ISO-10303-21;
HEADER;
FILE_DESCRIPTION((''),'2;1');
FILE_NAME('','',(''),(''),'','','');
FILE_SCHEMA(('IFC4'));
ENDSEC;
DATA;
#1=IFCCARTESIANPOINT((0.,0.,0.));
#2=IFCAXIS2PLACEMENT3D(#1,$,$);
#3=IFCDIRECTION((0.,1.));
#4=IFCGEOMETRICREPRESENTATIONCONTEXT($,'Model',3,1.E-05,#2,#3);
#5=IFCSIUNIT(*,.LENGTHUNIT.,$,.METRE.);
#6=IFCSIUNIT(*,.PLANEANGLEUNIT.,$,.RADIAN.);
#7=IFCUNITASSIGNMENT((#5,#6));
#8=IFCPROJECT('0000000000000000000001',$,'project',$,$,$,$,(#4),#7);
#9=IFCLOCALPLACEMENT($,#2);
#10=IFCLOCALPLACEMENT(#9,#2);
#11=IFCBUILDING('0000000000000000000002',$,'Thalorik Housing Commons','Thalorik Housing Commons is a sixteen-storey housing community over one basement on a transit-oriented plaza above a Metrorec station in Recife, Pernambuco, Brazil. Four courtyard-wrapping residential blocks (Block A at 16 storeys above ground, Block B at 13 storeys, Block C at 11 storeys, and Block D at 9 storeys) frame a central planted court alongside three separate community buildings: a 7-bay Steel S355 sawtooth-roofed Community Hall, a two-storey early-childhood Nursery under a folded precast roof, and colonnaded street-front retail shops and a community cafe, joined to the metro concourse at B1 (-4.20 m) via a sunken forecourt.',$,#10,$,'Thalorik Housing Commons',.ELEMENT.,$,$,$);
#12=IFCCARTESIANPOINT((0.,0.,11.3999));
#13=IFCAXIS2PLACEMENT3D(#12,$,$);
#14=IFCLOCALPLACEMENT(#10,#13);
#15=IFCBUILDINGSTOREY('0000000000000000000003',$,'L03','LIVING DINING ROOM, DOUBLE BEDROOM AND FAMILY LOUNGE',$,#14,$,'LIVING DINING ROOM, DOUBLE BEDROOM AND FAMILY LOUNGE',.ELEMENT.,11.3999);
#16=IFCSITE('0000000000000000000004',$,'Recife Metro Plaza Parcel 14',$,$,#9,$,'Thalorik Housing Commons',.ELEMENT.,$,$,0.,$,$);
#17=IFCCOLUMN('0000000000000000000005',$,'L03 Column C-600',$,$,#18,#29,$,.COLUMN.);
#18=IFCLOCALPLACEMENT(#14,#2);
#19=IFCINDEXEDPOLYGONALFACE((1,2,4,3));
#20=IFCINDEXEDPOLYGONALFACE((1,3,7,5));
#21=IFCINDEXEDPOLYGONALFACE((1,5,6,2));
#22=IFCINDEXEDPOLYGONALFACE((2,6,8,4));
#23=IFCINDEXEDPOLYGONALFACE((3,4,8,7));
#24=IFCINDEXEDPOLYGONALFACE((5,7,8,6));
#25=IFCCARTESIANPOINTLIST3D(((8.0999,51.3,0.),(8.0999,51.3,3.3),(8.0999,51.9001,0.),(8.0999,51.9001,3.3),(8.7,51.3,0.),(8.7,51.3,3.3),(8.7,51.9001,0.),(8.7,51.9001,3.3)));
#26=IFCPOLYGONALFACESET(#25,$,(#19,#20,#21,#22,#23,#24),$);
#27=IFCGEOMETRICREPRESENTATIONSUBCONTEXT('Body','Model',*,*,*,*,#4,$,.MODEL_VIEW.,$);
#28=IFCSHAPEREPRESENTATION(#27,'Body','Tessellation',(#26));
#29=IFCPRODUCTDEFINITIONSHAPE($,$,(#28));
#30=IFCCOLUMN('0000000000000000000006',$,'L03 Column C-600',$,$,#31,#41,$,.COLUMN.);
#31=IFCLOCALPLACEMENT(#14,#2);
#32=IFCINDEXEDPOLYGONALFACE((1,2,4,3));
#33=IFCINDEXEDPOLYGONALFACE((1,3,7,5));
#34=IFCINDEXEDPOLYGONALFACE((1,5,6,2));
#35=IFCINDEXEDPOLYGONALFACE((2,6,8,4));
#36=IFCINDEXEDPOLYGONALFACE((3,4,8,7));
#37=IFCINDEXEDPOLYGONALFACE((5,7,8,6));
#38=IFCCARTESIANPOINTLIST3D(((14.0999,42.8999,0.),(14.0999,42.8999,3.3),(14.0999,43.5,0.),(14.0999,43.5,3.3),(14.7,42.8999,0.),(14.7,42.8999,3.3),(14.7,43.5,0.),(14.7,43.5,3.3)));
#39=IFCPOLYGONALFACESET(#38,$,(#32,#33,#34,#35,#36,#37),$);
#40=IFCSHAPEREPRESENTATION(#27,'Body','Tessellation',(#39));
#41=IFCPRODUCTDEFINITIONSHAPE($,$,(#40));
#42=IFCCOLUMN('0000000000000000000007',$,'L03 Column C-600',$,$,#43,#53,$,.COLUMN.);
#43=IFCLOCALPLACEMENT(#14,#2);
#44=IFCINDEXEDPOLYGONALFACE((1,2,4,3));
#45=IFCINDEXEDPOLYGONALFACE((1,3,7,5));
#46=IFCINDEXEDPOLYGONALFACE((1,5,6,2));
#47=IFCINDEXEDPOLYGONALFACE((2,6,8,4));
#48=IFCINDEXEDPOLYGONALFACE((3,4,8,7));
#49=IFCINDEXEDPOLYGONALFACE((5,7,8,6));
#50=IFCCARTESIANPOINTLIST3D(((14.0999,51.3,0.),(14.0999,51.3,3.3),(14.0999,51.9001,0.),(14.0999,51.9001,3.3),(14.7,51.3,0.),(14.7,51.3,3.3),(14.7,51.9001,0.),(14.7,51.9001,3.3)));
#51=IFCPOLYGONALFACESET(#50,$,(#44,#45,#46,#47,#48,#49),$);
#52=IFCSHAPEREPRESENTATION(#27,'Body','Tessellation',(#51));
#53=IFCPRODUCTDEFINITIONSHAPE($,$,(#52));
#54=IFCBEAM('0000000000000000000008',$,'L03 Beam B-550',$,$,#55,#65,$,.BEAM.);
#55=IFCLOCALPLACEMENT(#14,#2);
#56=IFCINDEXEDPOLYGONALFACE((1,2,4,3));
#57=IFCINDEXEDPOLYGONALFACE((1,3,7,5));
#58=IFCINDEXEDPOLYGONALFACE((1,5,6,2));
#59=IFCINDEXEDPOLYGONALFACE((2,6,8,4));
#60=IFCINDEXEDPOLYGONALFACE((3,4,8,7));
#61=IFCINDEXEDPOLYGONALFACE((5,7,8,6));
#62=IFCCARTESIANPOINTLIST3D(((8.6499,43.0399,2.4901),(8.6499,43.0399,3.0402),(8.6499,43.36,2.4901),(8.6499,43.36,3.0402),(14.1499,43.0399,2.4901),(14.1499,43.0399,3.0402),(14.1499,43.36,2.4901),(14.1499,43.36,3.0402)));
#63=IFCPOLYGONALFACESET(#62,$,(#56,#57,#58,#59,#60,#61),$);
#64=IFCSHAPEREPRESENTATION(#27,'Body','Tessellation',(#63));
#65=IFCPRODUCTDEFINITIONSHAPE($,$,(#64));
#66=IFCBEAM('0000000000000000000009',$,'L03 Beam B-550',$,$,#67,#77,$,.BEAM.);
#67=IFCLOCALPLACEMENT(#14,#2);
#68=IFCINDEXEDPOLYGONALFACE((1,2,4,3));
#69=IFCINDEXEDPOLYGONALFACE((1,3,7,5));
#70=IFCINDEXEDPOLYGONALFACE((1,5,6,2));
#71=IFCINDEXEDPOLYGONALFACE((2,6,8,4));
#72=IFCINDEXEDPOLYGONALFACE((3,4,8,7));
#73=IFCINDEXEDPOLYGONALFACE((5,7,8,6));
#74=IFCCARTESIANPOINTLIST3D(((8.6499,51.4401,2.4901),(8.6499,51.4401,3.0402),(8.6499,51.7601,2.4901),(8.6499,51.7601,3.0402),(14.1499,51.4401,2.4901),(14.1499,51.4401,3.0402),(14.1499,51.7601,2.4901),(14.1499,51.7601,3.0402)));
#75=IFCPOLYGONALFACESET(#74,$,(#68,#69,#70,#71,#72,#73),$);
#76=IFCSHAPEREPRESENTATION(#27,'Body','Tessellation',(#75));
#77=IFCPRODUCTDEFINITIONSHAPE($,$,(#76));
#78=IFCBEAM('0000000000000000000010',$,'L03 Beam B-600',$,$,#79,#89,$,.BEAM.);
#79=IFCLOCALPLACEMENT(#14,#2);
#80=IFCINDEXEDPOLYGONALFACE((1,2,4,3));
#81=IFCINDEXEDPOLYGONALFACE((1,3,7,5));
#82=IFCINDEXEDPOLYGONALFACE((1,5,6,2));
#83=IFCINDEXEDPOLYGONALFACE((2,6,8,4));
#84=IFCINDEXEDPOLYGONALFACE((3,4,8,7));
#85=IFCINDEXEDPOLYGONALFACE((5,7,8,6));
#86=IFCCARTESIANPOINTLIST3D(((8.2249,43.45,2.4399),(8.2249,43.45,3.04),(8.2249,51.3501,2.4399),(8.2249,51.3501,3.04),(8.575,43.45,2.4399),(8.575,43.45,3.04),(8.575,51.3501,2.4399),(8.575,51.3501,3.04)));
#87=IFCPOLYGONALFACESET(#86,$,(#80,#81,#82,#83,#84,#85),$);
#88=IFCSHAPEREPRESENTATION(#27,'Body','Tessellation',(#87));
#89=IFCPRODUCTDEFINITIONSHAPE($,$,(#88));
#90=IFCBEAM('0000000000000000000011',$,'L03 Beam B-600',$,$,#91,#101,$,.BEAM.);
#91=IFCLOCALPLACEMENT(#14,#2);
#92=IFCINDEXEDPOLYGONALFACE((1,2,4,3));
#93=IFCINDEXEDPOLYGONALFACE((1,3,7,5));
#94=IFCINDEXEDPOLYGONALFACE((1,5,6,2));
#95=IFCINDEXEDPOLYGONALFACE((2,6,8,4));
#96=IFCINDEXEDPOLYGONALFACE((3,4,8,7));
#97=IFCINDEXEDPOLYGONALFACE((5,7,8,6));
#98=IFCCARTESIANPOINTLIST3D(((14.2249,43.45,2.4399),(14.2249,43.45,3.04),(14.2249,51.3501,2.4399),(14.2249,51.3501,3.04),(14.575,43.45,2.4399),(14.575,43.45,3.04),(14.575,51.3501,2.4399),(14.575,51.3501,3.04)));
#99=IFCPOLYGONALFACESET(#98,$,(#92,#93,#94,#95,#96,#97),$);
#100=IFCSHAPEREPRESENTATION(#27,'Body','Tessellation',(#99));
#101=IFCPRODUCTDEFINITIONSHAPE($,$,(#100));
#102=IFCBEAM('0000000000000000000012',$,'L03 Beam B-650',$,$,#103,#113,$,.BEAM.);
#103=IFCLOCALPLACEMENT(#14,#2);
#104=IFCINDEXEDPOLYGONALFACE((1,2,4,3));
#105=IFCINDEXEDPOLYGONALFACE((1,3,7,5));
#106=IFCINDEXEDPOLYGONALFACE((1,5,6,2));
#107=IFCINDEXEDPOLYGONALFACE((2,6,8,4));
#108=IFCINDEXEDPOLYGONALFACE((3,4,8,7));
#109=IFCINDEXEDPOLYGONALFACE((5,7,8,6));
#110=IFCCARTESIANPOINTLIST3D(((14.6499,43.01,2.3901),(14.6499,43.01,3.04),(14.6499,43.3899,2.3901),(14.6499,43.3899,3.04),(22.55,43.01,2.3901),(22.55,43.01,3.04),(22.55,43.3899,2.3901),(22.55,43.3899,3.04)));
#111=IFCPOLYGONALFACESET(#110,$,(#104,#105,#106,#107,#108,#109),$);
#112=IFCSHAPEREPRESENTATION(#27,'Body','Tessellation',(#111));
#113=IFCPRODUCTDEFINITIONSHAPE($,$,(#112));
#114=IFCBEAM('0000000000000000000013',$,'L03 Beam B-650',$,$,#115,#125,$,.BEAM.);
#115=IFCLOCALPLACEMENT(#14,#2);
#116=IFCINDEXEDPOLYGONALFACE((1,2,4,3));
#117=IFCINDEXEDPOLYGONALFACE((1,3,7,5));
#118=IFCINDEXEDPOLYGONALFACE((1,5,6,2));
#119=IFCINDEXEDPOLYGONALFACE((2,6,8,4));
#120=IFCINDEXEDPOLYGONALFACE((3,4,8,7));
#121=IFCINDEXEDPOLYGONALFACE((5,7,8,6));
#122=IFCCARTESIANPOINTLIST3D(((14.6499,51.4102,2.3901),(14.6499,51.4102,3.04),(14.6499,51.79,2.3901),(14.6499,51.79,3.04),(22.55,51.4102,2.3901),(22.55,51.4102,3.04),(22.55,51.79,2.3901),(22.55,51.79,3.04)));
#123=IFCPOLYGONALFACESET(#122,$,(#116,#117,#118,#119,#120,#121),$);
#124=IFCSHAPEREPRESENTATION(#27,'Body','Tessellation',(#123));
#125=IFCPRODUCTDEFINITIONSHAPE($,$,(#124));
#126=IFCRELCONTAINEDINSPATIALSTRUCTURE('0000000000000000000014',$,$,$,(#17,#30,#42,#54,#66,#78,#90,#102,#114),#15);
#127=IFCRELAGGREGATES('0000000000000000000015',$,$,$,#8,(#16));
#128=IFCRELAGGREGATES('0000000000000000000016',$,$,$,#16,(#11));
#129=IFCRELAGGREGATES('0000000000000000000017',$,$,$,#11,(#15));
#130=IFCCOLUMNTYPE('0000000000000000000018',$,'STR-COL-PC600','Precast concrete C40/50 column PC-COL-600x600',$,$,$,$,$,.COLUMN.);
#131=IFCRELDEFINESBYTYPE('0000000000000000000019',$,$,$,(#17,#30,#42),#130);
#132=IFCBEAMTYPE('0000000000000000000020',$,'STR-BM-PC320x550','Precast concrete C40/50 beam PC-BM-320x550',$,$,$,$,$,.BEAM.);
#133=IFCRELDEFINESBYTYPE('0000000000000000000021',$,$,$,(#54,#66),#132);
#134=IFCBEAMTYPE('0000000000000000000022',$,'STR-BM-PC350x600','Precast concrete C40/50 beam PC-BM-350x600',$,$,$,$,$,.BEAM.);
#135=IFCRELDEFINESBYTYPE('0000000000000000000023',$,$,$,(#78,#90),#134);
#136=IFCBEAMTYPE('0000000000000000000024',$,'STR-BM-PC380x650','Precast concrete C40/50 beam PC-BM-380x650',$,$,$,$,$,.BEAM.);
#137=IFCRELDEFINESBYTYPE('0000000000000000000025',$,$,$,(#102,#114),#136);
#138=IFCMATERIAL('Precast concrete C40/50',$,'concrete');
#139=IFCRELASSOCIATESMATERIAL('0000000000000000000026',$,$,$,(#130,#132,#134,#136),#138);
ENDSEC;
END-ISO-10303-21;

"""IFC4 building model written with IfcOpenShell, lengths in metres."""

from ifc_helpers import new_model, si_unit, direction, frame, origin, origin_2d, place, context, subcontext, project, spatial, rectangle, extrude, material, material_profile, profile_set, type_object, element, save


model = new_model("IFC4")

# Units and contexts
model_context = context("Model", 3, precision=1e-05, world=origin(), true_north=direction((0.0, 1.0)))
body_context = subcontext(model_context, "Body", "Model", "MODEL_VIEW")
ifc_project = project(units=[si_unit("LENGTHUNIT", "METRE"), si_unit("PLANEANGLEUNIT", "RADIAN")], contexts=[model_context])

# Site, building, storey
site_placement = place(None, origin())
site = spatial("IfcSite", under=ifc_project, at=site_placement, Name="Recife Metro Plaza Parcel 14", LongName="Thalorik Housing Commons", CompositionType="ELEMENT", RefElevation=0.0)
building_placement = place(site_placement, origin())
building = spatial("IfcBuilding", under=site, at=building_placement, Name="Thalorik Housing Commons", Description="Thalorik Housing Commons is a sixteen-storey housing community over one basement on a transit-oriented plaza above a Metrorec station in Recife, Pernambuco, Brazil. Four courtyard-wrapping residential blocks (Block A at 16 storeys above ground, Block B at 13 storeys, Block C at 11 storeys, and Block D at 9 storeys) frame a central planted court alongside three separate community buildings: a 7-bay Steel S355 sawtooth-roofed Community Hall, a two-storey early-childhood Nursery under a folded precast roof, and colonnaded street-front retail shops and a community cafe, joined to the metro concourse at B1 (-4.20 m) via a sunken forecourt.", LongName="Thalorik Housing Commons", CompositionType="ELEMENT")
storey_placement = place(building_placement, frame((0.0, 0.0, 11.3999)))
storey = spatial("IfcBuildingStorey", under=building, at=storey_placement, Name="L03", Description="LIVING DINING ROOM, DOUBLE BEDROOM AND FAMILY LOUNGE", LongName="LIVING DINING ROOM, DOUBLE BEDROOM AND FAMILY LOUNGE", CompositionType="ELEMENT", Elevation=11.3999)

# Columns
ifc_material_1 = material(Name="Precast concrete C40/50", Category="concrete")
ifc_material_profile_1 = material_profile(ifc_material_1, rectangle(XDim=0.6001, YDim=0.6001, at=origin_2d()), Name="PC 600x600", Category="concrete")
ifc_profile_set_1 = profile_set([ifc_material_profile_1], Name="Precast concrete C40/50")
column_type = type_object("IfcColumnType", Name="STR-COL-PC600", Description="Precast concrete C40/50 column PC-COL-600x600", PredefinedType="COLUMN", material=ifc_profile_set_1)
for number, where, z_axis, x_axis, name in (
    (1, (8.3999, 51.6001, 0.0), (0.0, 0.0, 1.0), (1.0, 0.0, 0.0), "L03 Column C-600"),
    (2, (14.3999, 43.2, 0.0), (0.0, 0.0, 1.0), (1.0, 0.0, 0.0), "L03 Column C-600"),
    (3, (14.3999, 51.6001, 0.0), (0.0, 0.0, 1.0), (1.0, 0.0, 0.0), "L03 Column C-600"),
):
    element("IfcColumn", number, at=place(storey_placement, frame(where, z_axis=z_axis, x_axis=x_axis)), inside=storey, type_object=column_type, Name=name, PredefinedType="COLUMN", context=body_context, shape_type="SweptSolid", body=[
        extrude(rectangle(XDim=0.6001, YDim=0.6001, at=origin_2d()), origin(), (0.0, 0.0, 1.0), 3.3),
    ])

# Beams
ifc_material_profile_2 = material_profile(ifc_material_1, rectangle(XDim=0.3201, YDim=0.55, at=origin_2d()), Name="PC 320x550", Category="concrete")
ifc_profile_set_2 = profile_set([ifc_material_profile_2], Name="Precast concrete C40/50")
beam_type_1 = type_object("IfcBeamType", Name="STR-BM-PC320x550", Description="Precast concrete C40/50 beam PC-BM-320x550", PredefinedType="BEAM", material=ifc_profile_set_2)
for number, where, z_axis, x_axis, name in (
    (4, (8.6499, 43.2, 2.7651), (1.0, 0.0, 0.0), (0.0, 1.0, 0.0), "L03 Beam B-550"),
    (5, (8.6499, 51.6001, 2.7651), (1.0, 0.0, 0.0), (0.0, 1.0, 0.0), "L03 Beam B-550"),
):
    element("IfcBeam", number, at=place(storey_placement, frame(where, z_axis=z_axis, x_axis=x_axis)), inside=storey, type_object=beam_type_1, Name=name, PredefinedType="BEAM", context=body_context, shape_type="SweptSolid", body=[
        extrude(rectangle(XDim=0.3201, YDim=0.55, at=origin_2d()), origin(), (0.0, 0.0, 1.0), 5.5),
    ])
ifc_material_profile_3 = material_profile(ifc_material_1, rectangle(XDim=0.3501, YDim=0.6001, at=origin_2d()), Name="PC 350x600", Category="concrete")
ifc_profile_set_3 = profile_set([ifc_material_profile_3], Name="Precast concrete C40/50")
beam_type_2 = type_object("IfcBeamType", Name="STR-BM-PC350x600", Description="Precast concrete C40/50 beam PC-BM-350x600", PredefinedType="BEAM", material=ifc_profile_set_3)
for number, where, z_axis, x_axis, name in (
    (6, (8.3999, 43.45, 2.74), (0.0, 1.0, 0.0), (-1.0, 0.0, 0.0), "L03 Beam B-600"),
    (7, (14.3999, 43.45, 2.74), (0.0, 1.0, 0.0), (-1.0, 0.0, 0.0), "L03 Beam B-600"),
):
    element("IfcBeam", number, at=place(storey_placement, frame(where, z_axis=z_axis, x_axis=x_axis)), inside=storey, type_object=beam_type_2, Name=name, PredefinedType="BEAM", context=body_context, shape_type="SweptSolid", body=[
        extrude(rectangle(XDim=0.3501, YDim=0.6001, at=origin_2d()), origin(), (0.0, 0.0, 1.0), 7.9001),
    ])
ifc_material_profile_4 = material_profile(ifc_material_1, rectangle(XDim=0.3799, YDim=0.6499, at=origin_2d()), Name="PC 380x650", Category="concrete")
ifc_profile_set_4 = profile_set([ifc_material_profile_4], Name="Precast concrete C40/50")
beam_type_3 = type_object("IfcBeamType", Name="STR-BM-PC380x650", Description="Precast concrete C40/50 beam PC-BM-380x650", PredefinedType="BEAM", material=ifc_profile_set_4)
for number, where, z_axis, x_axis, name in (
    (8, (14.6499, 43.2, 2.7151), (1.0, 0.0, 0.0), (0.0, 1.0, 0.0), "L03 Beam B-650"),
    (9, (14.6499, 51.6001, 2.7151), (1.0, 0.0, 0.0), (0.0, 1.0, 0.0), "L03 Beam B-650"),
):
    element("IfcBeam", number, at=place(storey_placement, frame(where, z_axis=z_axis, x_axis=x_axis)), inside=storey, type_object=beam_type_3, Name=name, PredefinedType="BEAM", context=body_context, shape_type="SweptSolid", body=[
        extrude(rectangle(XDim=0.3799, YDim=0.6499, at=origin_2d()), origin(), (0.0, 0.0, 1.0), 7.9001),
    ])

save(model, "model.ifc")
